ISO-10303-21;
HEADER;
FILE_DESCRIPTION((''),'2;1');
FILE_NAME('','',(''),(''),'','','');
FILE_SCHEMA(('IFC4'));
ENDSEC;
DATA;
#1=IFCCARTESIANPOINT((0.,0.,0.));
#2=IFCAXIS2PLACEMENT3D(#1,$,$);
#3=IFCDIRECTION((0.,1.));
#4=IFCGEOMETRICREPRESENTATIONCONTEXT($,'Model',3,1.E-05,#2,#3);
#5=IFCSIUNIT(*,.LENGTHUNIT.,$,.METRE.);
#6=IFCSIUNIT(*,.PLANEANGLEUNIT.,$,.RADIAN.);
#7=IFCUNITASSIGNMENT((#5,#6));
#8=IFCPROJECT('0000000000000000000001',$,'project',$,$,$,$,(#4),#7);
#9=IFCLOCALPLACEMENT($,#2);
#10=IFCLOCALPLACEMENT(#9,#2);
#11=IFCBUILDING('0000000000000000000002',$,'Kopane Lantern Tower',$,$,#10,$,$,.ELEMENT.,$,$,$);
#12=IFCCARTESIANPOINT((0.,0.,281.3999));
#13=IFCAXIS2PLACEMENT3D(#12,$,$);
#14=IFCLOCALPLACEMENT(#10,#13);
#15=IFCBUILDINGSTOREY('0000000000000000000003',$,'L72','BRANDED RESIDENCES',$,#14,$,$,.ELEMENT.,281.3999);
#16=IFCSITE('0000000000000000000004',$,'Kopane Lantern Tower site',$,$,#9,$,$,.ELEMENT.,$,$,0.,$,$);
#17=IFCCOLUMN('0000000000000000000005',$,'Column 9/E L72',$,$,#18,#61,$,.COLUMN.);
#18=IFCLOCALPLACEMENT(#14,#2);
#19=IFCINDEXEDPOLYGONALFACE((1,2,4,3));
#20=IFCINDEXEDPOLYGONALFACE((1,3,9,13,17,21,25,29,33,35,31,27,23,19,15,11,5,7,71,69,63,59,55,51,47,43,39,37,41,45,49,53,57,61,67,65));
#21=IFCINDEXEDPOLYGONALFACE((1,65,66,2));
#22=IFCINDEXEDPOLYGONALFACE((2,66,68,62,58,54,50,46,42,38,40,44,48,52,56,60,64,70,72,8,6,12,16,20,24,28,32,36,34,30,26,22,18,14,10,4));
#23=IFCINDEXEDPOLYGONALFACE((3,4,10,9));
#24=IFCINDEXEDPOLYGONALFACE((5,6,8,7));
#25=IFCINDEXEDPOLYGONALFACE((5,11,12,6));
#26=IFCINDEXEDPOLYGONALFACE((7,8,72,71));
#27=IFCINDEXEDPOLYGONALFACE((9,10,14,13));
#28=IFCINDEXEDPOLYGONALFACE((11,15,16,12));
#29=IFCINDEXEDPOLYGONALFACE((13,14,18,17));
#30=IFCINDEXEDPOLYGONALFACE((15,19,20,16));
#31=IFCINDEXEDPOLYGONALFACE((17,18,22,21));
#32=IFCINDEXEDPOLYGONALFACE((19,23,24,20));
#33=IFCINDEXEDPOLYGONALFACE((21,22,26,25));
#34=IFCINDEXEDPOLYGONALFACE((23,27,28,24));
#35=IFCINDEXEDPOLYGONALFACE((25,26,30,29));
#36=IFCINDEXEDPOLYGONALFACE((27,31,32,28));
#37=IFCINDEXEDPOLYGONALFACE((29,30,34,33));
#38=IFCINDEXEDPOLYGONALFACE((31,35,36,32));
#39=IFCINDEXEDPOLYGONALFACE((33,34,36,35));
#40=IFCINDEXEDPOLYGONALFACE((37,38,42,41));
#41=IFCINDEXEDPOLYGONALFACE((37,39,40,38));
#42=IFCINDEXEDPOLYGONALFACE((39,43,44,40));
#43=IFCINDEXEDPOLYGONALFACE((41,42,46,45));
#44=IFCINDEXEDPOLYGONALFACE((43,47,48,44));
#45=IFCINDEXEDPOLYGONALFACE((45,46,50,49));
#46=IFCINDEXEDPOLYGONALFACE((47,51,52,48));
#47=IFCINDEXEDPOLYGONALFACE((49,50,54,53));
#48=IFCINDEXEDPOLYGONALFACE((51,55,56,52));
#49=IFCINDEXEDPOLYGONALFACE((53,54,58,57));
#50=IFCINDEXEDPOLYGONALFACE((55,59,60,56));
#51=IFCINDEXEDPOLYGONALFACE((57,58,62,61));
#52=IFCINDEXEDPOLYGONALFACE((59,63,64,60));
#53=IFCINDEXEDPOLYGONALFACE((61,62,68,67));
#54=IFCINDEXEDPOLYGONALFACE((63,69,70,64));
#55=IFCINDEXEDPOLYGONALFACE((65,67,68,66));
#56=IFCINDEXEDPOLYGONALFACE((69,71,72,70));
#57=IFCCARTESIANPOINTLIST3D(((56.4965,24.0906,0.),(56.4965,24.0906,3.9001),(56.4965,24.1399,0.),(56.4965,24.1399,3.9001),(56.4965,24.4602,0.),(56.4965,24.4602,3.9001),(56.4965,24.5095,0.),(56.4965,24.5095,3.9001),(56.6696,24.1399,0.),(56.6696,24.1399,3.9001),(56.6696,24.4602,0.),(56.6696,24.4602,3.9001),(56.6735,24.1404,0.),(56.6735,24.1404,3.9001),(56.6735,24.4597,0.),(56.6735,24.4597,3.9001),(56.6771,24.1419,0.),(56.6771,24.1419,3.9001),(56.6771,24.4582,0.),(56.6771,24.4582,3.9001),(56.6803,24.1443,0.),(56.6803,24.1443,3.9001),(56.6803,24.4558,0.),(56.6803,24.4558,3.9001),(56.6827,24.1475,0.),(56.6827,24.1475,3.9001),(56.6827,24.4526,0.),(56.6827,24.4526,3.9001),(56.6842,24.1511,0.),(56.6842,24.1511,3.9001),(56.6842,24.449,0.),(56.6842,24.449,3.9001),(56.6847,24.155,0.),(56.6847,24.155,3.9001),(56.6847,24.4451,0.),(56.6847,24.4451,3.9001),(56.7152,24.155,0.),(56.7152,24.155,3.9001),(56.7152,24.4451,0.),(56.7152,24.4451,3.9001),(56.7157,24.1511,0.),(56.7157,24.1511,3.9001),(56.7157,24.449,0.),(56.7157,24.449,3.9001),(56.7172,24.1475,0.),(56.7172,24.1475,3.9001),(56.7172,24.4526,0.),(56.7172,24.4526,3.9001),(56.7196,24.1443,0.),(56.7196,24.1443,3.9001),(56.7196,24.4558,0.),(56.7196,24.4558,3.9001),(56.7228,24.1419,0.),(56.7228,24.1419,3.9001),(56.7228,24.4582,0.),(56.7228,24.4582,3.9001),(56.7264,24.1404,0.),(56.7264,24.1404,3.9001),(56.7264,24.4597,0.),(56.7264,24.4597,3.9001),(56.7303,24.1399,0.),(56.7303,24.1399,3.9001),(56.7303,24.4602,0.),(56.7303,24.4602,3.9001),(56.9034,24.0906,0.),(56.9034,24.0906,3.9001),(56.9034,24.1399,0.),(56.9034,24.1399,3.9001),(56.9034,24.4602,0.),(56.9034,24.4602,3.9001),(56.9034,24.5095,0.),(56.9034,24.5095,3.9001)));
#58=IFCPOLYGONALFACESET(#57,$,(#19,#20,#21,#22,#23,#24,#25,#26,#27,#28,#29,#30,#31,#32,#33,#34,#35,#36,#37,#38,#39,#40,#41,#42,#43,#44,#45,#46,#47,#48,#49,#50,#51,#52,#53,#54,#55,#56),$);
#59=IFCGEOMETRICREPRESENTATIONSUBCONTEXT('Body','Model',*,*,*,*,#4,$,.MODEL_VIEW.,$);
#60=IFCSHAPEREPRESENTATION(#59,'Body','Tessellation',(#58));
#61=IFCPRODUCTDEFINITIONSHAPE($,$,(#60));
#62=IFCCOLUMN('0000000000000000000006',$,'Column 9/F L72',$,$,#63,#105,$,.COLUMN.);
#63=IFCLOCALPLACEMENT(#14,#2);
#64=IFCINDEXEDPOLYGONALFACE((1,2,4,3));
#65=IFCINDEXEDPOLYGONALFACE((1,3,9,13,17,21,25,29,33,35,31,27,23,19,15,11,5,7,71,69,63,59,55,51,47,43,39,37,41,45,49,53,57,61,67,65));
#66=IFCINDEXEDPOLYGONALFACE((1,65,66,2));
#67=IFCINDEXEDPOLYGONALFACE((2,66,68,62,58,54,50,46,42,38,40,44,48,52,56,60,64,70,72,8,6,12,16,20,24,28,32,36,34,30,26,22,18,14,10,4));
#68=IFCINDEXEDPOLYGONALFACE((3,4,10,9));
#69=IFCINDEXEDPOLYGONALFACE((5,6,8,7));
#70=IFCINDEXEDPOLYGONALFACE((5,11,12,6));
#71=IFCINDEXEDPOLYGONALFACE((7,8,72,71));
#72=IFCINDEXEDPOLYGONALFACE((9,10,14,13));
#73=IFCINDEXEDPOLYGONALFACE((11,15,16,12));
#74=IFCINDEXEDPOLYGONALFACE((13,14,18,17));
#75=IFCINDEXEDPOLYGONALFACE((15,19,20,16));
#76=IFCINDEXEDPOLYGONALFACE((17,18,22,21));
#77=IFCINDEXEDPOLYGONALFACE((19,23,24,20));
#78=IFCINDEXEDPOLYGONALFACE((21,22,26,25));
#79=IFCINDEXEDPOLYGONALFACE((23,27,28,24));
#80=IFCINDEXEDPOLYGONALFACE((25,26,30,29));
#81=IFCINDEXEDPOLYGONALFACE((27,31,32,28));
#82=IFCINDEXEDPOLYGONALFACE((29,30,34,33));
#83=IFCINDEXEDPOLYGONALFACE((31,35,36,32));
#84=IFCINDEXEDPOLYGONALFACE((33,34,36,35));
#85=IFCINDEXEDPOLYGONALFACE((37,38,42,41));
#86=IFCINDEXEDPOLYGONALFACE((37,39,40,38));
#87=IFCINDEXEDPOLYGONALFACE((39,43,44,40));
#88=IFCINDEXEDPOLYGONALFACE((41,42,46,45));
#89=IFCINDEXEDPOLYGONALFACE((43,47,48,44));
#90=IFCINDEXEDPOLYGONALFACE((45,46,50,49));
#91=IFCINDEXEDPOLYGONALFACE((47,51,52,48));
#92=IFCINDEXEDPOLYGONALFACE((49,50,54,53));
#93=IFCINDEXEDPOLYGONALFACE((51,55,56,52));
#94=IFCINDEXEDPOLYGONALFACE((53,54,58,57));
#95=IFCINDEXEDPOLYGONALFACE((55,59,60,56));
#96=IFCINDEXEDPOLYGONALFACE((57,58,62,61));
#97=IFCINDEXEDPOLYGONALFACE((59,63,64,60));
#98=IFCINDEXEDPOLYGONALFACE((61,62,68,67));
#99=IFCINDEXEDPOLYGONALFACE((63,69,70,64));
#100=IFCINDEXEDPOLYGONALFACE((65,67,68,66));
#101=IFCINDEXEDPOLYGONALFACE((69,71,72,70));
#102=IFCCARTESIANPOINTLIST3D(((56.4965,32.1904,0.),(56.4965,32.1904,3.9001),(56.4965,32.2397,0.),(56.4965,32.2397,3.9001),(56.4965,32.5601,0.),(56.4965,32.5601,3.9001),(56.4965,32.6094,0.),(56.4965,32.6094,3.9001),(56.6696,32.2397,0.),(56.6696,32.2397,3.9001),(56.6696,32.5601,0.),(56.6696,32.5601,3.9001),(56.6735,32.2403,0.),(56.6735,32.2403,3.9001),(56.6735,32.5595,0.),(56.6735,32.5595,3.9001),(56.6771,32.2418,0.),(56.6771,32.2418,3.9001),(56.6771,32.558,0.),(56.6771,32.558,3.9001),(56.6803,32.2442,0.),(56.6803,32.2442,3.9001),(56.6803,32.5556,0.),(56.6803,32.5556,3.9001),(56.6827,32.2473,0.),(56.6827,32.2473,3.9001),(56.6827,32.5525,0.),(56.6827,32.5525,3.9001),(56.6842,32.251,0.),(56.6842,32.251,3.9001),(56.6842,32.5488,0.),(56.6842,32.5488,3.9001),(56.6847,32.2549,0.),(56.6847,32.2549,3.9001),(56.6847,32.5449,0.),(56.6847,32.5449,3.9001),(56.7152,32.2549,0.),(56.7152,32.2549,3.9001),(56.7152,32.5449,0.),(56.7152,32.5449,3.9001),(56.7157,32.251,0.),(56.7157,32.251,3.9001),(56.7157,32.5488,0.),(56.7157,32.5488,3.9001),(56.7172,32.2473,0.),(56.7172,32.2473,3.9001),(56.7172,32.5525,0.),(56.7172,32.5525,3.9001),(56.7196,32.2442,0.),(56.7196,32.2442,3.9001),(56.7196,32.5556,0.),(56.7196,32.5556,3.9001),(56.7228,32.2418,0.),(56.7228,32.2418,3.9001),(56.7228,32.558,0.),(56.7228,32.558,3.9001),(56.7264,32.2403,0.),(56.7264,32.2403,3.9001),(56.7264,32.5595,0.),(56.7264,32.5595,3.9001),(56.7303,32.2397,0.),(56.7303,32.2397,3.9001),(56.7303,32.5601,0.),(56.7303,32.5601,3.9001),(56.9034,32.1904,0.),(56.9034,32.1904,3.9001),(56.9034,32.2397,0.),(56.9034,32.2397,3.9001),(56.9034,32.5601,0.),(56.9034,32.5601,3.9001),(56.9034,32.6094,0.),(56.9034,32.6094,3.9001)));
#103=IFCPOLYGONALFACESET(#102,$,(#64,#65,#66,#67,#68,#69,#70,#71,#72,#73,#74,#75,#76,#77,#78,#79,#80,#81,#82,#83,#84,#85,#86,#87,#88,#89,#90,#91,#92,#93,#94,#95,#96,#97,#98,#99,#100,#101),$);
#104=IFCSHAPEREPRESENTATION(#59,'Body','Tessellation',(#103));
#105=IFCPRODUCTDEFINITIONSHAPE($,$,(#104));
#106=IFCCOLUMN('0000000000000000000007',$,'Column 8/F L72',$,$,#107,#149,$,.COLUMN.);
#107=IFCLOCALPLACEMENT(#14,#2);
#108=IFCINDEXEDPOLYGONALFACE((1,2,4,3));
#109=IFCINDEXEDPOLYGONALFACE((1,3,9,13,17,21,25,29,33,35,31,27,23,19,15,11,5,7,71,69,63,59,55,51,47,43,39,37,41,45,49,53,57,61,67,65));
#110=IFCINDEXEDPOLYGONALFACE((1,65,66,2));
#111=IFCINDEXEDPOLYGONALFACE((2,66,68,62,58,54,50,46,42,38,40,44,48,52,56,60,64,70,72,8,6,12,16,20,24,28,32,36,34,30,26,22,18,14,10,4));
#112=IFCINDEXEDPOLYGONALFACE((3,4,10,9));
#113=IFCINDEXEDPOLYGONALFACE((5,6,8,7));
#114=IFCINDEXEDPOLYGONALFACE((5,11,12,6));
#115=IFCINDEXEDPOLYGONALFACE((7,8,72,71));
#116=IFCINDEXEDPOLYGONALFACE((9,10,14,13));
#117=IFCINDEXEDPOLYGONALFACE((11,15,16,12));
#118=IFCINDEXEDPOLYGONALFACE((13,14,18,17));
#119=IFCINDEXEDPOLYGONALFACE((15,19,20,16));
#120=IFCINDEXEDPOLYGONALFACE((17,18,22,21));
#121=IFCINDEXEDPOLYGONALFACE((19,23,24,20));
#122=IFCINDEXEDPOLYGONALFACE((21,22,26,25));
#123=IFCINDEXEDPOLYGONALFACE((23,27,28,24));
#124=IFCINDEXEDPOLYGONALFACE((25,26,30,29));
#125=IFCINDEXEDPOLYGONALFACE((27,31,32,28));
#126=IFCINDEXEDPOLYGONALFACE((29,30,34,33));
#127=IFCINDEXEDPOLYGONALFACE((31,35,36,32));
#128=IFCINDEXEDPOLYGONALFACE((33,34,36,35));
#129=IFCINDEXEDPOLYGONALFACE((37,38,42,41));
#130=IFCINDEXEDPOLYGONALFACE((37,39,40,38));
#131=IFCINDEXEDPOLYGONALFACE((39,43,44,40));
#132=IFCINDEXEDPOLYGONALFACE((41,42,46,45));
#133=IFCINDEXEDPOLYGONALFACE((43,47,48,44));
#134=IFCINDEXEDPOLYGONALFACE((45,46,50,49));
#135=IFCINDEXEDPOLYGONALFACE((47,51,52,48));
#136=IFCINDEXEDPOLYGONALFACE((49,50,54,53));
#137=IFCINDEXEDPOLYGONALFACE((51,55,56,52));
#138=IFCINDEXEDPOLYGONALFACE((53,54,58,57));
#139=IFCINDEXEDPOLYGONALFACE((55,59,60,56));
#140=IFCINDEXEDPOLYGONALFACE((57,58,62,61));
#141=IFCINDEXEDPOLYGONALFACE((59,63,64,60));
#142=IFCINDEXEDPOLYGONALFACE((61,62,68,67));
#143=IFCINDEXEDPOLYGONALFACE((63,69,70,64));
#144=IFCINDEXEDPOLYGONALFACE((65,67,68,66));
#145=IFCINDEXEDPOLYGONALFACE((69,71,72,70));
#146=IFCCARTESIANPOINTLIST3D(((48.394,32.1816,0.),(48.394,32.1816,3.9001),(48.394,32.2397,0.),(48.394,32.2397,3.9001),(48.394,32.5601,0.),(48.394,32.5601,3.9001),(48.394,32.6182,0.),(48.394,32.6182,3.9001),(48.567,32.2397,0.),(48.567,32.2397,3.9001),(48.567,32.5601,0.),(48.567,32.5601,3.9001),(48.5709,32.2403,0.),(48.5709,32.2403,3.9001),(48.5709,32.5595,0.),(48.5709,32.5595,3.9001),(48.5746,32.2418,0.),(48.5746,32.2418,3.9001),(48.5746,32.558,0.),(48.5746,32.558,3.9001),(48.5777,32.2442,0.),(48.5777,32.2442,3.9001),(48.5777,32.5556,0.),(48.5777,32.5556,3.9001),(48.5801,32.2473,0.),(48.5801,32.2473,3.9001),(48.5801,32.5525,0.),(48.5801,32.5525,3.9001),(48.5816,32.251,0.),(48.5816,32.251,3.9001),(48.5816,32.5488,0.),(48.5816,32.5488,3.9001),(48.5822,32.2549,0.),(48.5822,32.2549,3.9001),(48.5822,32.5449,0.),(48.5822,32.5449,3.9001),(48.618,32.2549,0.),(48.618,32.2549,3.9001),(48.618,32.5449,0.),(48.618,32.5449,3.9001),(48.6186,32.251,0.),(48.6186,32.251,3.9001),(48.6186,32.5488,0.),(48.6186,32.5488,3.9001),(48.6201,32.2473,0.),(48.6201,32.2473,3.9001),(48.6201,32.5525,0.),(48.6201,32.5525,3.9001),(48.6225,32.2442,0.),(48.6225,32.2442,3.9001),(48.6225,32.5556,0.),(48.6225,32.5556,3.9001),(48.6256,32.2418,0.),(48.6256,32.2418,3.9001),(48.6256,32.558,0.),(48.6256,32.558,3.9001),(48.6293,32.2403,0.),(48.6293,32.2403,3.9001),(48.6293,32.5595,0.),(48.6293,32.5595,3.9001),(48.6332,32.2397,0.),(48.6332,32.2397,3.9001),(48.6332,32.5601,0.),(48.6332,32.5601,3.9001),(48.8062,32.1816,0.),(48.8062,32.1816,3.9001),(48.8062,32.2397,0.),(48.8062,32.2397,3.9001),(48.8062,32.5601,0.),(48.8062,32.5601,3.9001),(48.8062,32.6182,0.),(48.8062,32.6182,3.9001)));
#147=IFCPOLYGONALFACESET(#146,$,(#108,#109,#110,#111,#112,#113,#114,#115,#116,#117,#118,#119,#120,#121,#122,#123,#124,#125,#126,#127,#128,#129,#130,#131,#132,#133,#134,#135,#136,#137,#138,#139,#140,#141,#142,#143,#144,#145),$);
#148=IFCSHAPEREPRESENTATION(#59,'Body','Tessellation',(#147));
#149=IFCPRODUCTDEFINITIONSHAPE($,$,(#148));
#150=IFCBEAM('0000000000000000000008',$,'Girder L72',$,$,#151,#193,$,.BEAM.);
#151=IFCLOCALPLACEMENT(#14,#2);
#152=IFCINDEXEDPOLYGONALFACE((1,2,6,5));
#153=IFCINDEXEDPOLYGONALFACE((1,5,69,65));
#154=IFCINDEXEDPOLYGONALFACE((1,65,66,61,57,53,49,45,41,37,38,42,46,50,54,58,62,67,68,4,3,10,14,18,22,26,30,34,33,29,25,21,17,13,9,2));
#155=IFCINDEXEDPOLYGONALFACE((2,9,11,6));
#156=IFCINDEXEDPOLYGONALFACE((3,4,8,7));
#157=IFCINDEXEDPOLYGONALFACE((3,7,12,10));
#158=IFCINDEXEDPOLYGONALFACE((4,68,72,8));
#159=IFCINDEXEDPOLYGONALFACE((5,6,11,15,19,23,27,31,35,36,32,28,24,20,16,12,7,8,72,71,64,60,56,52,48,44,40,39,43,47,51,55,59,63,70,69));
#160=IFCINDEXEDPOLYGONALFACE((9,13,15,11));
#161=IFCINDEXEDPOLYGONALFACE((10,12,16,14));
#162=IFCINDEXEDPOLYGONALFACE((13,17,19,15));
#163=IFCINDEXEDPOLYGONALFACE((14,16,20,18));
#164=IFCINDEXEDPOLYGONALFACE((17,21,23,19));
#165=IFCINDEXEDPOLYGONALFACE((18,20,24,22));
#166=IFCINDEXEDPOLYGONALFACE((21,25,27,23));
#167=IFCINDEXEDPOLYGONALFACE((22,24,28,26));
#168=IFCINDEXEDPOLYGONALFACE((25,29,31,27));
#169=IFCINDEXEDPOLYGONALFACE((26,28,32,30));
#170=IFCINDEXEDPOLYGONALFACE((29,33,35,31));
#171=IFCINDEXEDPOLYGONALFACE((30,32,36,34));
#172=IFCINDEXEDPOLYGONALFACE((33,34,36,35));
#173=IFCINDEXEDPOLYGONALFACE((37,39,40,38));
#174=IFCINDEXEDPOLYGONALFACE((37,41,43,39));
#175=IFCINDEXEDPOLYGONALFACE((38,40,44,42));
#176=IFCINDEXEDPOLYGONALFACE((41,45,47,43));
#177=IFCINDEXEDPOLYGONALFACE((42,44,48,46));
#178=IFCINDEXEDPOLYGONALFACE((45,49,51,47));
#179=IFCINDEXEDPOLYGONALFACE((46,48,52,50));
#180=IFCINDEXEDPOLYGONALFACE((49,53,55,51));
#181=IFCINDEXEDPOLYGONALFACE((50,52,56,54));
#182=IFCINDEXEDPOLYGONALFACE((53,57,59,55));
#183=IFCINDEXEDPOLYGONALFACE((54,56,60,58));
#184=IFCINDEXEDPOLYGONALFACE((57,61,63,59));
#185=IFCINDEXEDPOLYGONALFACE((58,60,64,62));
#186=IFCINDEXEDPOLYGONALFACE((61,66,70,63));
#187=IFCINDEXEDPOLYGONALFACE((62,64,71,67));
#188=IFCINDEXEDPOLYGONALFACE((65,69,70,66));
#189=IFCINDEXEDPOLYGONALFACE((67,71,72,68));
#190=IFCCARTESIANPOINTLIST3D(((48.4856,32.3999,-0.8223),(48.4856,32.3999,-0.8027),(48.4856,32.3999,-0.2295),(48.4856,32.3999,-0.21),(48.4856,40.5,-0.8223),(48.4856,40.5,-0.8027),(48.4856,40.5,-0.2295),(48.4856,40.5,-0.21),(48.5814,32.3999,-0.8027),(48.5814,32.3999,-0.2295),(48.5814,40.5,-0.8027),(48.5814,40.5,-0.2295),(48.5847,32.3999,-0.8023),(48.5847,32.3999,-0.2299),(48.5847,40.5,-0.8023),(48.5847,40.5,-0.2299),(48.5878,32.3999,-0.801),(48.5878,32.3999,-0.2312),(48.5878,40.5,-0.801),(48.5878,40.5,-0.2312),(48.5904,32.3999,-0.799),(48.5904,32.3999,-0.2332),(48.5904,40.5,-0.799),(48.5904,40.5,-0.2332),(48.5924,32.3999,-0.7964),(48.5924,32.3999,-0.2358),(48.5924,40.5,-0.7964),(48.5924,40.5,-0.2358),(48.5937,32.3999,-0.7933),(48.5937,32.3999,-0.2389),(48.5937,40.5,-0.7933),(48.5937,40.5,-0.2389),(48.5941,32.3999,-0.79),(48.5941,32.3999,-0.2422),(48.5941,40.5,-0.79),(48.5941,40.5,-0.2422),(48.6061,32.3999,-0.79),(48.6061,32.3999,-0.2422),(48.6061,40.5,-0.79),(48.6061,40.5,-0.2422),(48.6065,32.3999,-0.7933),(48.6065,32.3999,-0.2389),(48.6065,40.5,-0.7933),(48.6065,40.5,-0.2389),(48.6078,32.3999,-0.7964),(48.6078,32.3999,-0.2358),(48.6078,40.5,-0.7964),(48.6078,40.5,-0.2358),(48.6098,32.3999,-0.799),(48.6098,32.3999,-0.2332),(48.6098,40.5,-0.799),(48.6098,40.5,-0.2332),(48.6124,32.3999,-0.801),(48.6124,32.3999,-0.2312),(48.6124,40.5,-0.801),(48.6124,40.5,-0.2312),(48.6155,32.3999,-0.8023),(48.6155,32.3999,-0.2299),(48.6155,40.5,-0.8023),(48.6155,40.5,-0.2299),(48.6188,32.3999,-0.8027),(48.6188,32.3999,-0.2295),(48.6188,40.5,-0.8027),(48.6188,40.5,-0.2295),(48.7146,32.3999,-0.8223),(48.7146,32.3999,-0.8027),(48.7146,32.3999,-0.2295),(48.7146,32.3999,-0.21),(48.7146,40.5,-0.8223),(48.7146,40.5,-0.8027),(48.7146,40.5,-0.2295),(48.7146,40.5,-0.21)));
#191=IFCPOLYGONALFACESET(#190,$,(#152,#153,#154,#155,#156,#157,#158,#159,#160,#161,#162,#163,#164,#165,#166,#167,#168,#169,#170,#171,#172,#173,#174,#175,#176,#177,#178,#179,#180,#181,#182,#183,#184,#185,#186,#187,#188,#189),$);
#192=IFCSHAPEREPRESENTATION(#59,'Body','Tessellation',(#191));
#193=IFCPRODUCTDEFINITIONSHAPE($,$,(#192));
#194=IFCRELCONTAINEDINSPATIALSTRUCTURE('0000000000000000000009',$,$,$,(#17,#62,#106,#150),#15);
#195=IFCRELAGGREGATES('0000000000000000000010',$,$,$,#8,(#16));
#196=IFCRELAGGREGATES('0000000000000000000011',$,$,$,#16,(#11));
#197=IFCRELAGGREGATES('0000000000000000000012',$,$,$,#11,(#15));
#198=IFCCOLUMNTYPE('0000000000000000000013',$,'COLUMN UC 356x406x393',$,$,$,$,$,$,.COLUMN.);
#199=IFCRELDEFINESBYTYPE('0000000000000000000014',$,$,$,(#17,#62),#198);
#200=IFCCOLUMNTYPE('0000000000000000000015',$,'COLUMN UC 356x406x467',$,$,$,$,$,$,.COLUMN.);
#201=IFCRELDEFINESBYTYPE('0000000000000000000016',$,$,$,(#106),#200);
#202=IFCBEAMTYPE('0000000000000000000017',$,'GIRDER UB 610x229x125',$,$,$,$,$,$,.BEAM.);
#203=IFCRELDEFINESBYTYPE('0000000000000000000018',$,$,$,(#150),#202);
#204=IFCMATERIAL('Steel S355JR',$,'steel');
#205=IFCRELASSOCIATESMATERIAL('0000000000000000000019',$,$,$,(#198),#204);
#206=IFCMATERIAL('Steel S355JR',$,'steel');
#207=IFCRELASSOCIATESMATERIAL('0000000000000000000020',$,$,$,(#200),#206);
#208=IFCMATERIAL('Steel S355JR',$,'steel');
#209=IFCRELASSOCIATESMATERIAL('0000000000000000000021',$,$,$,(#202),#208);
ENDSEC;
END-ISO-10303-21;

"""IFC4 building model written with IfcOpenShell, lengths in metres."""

from ifc_helpers import new_model, si_unit, direction, frame, origin, origin_2d, place, context, subcontext, project, spatial, i_section, extrude, material, material_profile, profile_set, type_object, element, save


model = new_model("IFC4")

# Units and contexts
model_context = context("Model", 3, precision=1e-05, world=origin(), true_north=direction((0.0, 1.0)))
body_context = subcontext(model_context, "Body", "Model", "MODEL_VIEW")
ifc_project = project(units=[si_unit("LENGTHUNIT", "METRE"), si_unit("PLANEANGLEUNIT", "RADIAN")], contexts=[model_context])

# Site, building, storey
site_placement = place(None, origin())
site = spatial("IfcSite", under=ifc_project, at=site_placement, Name="Kopane Lantern Tower site", CompositionType="ELEMENT", RefElevation=0.0)
building_placement = place(site_placement, origin())
building = spatial("IfcBuilding", under=site, at=building_placement, Name="Kopane Lantern Tower", CompositionType="ELEMENT")
storey_placement = place(building_placement, frame((0.0, 0.0, 281.3999)))
storey = spatial("IfcBuildingStorey", under=building, at=storey_placement, Name="L72", Description="BRANDED RESIDENCES", CompositionType="ELEMENT", Elevation=281.3999)

# Columns
ifc_material_1 = material(Name="Steel S355JR", Category="steel")
ifc_material_profile_1 = material_profile(ifc_material_1, i_section(OverallWidth=0.407, OverallDepth=0.4189, WebThickness=0.0305, FlangeThickness=0.0493, FilletRadius=0.0151, at=origin_2d()), Name="UC 356x406x393")
ifc_profile_set_1 = profile_set([ifc_material_profile_1], Name="Steel S355JR")
column_type_1 = type_object("IfcColumnType", Name="COLUMN UC 356x406x393", PredefinedType="COLUMN", material=ifc_profile_set_1)
for number, where, z_axis, x_axis, name in (
    (1, (56.7, 24.3, 0.0), (0.0, 0.0, 1.0), (1.0, 0.0, 0.0), "Column 9/E L72"),
    (2, (56.7, 32.3999, 0.0), (0.0, 0.0, 1.0), (1.0, 0.0, 0.0), "Column 9/F L72"),
):
    element("IfcColumn", number, at=place(storey_placement, frame(where, z_axis=z_axis, x_axis=x_axis)), inside=storey, type_object=column_type_1, Name=name, PredefinedType="COLUMN", context=body_context, shape_type="SweptSolid", body=[
        extrude(i_section(OverallWidth=0.407, OverallDepth=0.4189, WebThickness=0.0305, FlangeThickness=0.0493, FilletRadius=0.0151, at=origin_2d()), origin(), (0.0, 0.0, 1.0), 3.9001),
    ])
ifc_material_2 = material(Name="Steel S355JR", Category="steel")
ifc_material_profile_2 = material_profile(ifc_material_2, i_section(OverallWidth=0.4121, OverallDepth=0.4365, WebThickness=0.0359, FlangeThickness=0.0581, FilletRadius=0.0151, at=origin_2d()), Name="UC 356x406x467")
ifc_profile_set_2 = profile_set([ifc_material_profile_2], Name="Steel S355JR")
column_type_2 = type_object("IfcColumnType", Name="COLUMN UC 356x406x467", PredefinedType="COLUMN", material=ifc_profile_set_2)
column_placement = place(storey_placement, frame((48.6001, 32.3999, 0.0), z_axis=(0.0, 0.0, 1.0), x_axis=(1.0, 0.0, 0.0)))
element("IfcColumn", 3, at=column_placement, inside=storey, type_object=column_type_2, Name="Column 8/F L72", PredefinedType="COLUMN", context=body_context, shape_type="SweptSolid", body=[
    extrude(i_section(OverallWidth=0.4121, OverallDepth=0.4365, WebThickness=0.0359, FlangeThickness=0.0581, FilletRadius=0.0151, at=origin_2d()), origin(), (0.0, 0.0, 1.0), 3.9001),
])

# Beam
ifc_material_3 = material(Name="Steel S355JR", Category="steel")
ifc_material_profile_3 = material_profile(ifc_material_3, i_section(OverallWidth=0.229, OverallDepth=0.6123, WebThickness=0.012, FlangeThickness=0.0195, FilletRadius=0.0127, at=origin_2d()), Name="UB 610x229x125")
ifc_profile_set_3 = profile_set([ifc_material_profile_3], Name="Steel S355JR")
beam_type = type_object("IfcBeamType", Name="GIRDER UB 610x229x125", PredefinedType="BEAM", material=ifc_profile_set_3)
beam_1_placement = place(storey_placement, frame((48.6001, 32.3999, -0.5161), z_axis=(0.0, 1.0, 0.0), x_axis=(-1.0, 0.0, 0.0)))
element("IfcBeam", 4, at=beam_1_placement, inside=storey, type_object=beam_type, Name="Girder L72", PredefinedType="BEAM", context=body_context, shape_type="SweptSolid", body=[
    extrude(i_section(OverallWidth=0.229, OverallDepth=0.6123, WebThickness=0.012, FlangeThickness=0.0195, FilletRadius=0.0127, at=origin_2d()), origin(), (0.0, 0.0, 1.0), 8.1001),
])

save(model, "model.ifc")
